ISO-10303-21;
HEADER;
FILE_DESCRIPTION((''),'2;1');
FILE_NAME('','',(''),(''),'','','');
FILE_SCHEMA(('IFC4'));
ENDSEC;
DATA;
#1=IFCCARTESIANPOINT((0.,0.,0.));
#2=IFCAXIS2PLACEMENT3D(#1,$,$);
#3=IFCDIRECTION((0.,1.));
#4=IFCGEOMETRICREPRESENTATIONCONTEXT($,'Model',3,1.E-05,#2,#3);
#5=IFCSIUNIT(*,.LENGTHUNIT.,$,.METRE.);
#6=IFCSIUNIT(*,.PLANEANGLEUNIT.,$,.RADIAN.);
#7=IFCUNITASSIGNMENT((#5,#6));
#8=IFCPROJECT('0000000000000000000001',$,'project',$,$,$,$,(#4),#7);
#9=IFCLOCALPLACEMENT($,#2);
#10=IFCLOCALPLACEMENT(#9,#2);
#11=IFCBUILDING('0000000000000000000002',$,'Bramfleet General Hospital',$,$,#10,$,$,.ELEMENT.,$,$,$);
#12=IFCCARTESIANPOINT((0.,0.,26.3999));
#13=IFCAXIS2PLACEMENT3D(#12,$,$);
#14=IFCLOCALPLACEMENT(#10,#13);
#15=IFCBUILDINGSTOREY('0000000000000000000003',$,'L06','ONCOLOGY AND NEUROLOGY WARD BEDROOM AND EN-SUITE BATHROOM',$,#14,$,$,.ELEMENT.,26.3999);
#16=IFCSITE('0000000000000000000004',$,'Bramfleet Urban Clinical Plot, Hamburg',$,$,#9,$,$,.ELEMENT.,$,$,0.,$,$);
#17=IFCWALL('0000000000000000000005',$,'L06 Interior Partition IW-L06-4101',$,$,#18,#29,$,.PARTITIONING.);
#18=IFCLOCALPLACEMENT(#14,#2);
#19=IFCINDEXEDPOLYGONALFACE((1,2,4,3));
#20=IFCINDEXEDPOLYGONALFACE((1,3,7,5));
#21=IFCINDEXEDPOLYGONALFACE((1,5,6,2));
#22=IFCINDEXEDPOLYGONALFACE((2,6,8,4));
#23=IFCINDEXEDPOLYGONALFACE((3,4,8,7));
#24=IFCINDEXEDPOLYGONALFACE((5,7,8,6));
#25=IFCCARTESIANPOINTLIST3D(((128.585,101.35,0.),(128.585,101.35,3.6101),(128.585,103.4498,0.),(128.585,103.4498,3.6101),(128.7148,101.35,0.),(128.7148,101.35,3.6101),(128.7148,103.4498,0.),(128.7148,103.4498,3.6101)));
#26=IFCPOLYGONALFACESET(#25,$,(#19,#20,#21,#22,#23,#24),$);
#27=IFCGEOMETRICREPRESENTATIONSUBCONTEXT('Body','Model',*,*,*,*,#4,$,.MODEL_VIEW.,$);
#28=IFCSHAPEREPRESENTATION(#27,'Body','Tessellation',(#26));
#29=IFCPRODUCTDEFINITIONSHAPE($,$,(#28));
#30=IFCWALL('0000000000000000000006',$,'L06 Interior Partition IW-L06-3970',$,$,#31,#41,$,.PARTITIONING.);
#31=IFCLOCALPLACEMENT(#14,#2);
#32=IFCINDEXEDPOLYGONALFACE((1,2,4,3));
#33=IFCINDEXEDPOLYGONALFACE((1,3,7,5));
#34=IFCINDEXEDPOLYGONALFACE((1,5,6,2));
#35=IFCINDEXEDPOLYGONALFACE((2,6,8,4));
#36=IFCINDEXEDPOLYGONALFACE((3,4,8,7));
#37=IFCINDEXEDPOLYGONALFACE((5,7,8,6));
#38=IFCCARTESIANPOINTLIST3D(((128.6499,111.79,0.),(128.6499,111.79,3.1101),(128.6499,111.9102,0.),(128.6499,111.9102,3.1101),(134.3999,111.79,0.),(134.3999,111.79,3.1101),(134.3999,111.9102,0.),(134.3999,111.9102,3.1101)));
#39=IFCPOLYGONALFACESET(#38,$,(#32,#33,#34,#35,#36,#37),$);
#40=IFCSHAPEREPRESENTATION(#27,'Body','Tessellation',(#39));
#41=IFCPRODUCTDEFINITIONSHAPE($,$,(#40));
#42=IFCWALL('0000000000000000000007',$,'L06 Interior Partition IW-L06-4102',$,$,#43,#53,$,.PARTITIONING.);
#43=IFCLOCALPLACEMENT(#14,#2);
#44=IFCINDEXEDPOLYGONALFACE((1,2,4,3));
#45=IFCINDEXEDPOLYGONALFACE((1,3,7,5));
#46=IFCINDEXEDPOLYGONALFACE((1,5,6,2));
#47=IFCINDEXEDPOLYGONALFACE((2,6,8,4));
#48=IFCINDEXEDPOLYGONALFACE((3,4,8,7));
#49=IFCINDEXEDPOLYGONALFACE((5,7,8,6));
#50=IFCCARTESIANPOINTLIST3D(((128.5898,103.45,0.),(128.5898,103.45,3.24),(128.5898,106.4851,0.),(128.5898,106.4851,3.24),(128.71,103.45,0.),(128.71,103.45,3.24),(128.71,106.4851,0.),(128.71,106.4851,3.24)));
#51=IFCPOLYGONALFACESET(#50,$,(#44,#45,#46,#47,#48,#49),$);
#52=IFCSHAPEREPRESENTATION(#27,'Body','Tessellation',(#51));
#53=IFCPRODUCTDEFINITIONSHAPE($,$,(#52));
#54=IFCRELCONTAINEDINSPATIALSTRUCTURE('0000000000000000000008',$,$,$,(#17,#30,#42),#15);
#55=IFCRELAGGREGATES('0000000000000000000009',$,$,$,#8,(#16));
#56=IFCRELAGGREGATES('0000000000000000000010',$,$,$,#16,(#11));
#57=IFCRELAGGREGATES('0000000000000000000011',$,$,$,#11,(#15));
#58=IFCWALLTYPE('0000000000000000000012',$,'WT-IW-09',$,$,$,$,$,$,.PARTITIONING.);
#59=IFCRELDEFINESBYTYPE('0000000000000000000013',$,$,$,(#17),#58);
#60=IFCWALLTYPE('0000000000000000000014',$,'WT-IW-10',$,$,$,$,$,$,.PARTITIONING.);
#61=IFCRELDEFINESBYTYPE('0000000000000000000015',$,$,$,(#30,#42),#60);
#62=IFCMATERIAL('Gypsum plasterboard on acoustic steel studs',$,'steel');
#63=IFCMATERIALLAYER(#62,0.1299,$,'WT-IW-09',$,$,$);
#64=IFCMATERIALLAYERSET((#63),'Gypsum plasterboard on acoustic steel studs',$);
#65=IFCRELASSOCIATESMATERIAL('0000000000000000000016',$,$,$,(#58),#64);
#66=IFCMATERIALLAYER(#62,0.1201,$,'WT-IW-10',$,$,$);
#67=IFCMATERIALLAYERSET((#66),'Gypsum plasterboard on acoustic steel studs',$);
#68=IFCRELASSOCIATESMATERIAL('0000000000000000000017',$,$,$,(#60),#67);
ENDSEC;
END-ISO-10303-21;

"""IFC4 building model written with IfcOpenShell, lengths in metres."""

from ifc_helpers import new_model, si_unit, direction, frame, frame_2d, origin, place, context, subcontext, project, spatial, rectangle, extrude, material, layer, layer_set, type_object, element, save


model = new_model("IFC4")

# Units and contexts
model_context = context("Model", 3, precision=1e-05, world=origin(), true_north=direction((0.0, 1.0)))
body_context = subcontext(model_context, "Body", "Model", "MODEL_VIEW")
ifc_project = project(units=[si_unit("LENGTHUNIT", "METRE"), si_unit("PLANEANGLEUNIT", "RADIAN")], contexts=[model_context])

# Site, building, storey
site_placement = place(None, origin())
site = spatial("IfcSite", under=ifc_project, at=site_placement, Name="Bramfleet Urban Clinical Plot, Hamburg", CompositionType="ELEMENT", RefElevation=0.0)
building_placement = place(site_placement, origin())
building = spatial("IfcBuilding", under=site, at=building_placement, Name="Bramfleet General Hospital", CompositionType="ELEMENT")
storey_placement = place(building_placement, frame((0.0, 0.0, 26.3999)))
storey = spatial("IfcBuildingStorey", under=building, at=storey_placement, Name="L06", Description="ONCOLOGY AND NEUROLOGY WARD BEDROOM AND EN-SUITE BATHROOM", CompositionType="ELEMENT", Elevation=26.3999)

# Shared definitions
ifc_material_1 = material(Name="Gypsum plasterboard on acoustic steel studs", Category="steel")

# Shared definitions
ifc_layer_1 = layer(ifc_material_1, 0.1299, Name="WT-IW-09")
ifc_layer_set_1 = layer_set([ifc_layer_1], Name="Gypsum plasterboard on acoustic steel studs")
wall_type_1 = type_object("IfcWallType", Name="WT-IW-09", PredefinedType="PARTITIONING", material=ifc_layer_set_1)

# Walls
wall_1_placement = place(storey_placement, frame((128.6499, 101.3501, 0.0), z_axis=(0.0, 0.0, 1.0), x_axis=(0.0, 1.0, 0.0)))
element("IfcWall", 1, at=wall_1_placement, inside=storey, type_object=wall_type_1, Name="L06 Interior Partition IW-L06-4101", PredefinedType="PARTITIONING", context=body_context, shape_type="SweptSolid", body=[
    extrude(rectangle(XDim=2.0999, YDim=0.1299, at=frame_2d((1.0498, 0.0))), origin(), (0.0, 0.0, 1.0), 3.6101),
])
ifc_layer_2 = layer(ifc_material_1, 0.1201, Name="WT-IW-10")
ifc_layer_set_2 = layer_set([ifc_layer_2], Name="Gypsum plasterboard on acoustic steel studs")
wall_type_2 = type_object("IfcWallType", Name="WT-IW-10", PredefinedType="PARTITIONING", material=ifc_layer_set_2)
wall_2_placement = place(storey_placement, frame((128.6499, 111.8501, 0.0), z_axis=(0.0, 0.0, 1.0), x_axis=(1.0, 0.0, 0.0)))
element("IfcWall", 2, at=wall_2_placement, inside=storey, type_object=wall_type_2, Name="L06 Interior Partition IW-L06-3970", PredefinedType="PARTITIONING", context=body_context, shape_type="SweptSolid", body=[
    extrude(rectangle(XDim=5.75, YDim=0.1201, at=frame_2d((2.875, 0.0))), origin(), (0.0, 0.0, 1.0), 3.1101),
])
wall_3_placement = place(storey_placement, frame((128.6499, 103.45, 0.0), z_axis=(0.0, 0.0, 1.0), x_axis=(0.0, 1.0, 0.0)))
element("IfcWall", 3, at=wall_3_placement, inside=storey, type_object=wall_type_2, Name="L06 Interior Partition IW-L06-4102", PredefinedType="PARTITIONING", context=body_context, shape_type="SweptSolid", body=[
    extrude(rectangle(XDim=3.0352, YDim=0.1201, at=frame_2d((1.5176, 0.0))), origin(), (0.0, 0.0, 1.0), 3.24),
])

save(model, "model.ifc")
